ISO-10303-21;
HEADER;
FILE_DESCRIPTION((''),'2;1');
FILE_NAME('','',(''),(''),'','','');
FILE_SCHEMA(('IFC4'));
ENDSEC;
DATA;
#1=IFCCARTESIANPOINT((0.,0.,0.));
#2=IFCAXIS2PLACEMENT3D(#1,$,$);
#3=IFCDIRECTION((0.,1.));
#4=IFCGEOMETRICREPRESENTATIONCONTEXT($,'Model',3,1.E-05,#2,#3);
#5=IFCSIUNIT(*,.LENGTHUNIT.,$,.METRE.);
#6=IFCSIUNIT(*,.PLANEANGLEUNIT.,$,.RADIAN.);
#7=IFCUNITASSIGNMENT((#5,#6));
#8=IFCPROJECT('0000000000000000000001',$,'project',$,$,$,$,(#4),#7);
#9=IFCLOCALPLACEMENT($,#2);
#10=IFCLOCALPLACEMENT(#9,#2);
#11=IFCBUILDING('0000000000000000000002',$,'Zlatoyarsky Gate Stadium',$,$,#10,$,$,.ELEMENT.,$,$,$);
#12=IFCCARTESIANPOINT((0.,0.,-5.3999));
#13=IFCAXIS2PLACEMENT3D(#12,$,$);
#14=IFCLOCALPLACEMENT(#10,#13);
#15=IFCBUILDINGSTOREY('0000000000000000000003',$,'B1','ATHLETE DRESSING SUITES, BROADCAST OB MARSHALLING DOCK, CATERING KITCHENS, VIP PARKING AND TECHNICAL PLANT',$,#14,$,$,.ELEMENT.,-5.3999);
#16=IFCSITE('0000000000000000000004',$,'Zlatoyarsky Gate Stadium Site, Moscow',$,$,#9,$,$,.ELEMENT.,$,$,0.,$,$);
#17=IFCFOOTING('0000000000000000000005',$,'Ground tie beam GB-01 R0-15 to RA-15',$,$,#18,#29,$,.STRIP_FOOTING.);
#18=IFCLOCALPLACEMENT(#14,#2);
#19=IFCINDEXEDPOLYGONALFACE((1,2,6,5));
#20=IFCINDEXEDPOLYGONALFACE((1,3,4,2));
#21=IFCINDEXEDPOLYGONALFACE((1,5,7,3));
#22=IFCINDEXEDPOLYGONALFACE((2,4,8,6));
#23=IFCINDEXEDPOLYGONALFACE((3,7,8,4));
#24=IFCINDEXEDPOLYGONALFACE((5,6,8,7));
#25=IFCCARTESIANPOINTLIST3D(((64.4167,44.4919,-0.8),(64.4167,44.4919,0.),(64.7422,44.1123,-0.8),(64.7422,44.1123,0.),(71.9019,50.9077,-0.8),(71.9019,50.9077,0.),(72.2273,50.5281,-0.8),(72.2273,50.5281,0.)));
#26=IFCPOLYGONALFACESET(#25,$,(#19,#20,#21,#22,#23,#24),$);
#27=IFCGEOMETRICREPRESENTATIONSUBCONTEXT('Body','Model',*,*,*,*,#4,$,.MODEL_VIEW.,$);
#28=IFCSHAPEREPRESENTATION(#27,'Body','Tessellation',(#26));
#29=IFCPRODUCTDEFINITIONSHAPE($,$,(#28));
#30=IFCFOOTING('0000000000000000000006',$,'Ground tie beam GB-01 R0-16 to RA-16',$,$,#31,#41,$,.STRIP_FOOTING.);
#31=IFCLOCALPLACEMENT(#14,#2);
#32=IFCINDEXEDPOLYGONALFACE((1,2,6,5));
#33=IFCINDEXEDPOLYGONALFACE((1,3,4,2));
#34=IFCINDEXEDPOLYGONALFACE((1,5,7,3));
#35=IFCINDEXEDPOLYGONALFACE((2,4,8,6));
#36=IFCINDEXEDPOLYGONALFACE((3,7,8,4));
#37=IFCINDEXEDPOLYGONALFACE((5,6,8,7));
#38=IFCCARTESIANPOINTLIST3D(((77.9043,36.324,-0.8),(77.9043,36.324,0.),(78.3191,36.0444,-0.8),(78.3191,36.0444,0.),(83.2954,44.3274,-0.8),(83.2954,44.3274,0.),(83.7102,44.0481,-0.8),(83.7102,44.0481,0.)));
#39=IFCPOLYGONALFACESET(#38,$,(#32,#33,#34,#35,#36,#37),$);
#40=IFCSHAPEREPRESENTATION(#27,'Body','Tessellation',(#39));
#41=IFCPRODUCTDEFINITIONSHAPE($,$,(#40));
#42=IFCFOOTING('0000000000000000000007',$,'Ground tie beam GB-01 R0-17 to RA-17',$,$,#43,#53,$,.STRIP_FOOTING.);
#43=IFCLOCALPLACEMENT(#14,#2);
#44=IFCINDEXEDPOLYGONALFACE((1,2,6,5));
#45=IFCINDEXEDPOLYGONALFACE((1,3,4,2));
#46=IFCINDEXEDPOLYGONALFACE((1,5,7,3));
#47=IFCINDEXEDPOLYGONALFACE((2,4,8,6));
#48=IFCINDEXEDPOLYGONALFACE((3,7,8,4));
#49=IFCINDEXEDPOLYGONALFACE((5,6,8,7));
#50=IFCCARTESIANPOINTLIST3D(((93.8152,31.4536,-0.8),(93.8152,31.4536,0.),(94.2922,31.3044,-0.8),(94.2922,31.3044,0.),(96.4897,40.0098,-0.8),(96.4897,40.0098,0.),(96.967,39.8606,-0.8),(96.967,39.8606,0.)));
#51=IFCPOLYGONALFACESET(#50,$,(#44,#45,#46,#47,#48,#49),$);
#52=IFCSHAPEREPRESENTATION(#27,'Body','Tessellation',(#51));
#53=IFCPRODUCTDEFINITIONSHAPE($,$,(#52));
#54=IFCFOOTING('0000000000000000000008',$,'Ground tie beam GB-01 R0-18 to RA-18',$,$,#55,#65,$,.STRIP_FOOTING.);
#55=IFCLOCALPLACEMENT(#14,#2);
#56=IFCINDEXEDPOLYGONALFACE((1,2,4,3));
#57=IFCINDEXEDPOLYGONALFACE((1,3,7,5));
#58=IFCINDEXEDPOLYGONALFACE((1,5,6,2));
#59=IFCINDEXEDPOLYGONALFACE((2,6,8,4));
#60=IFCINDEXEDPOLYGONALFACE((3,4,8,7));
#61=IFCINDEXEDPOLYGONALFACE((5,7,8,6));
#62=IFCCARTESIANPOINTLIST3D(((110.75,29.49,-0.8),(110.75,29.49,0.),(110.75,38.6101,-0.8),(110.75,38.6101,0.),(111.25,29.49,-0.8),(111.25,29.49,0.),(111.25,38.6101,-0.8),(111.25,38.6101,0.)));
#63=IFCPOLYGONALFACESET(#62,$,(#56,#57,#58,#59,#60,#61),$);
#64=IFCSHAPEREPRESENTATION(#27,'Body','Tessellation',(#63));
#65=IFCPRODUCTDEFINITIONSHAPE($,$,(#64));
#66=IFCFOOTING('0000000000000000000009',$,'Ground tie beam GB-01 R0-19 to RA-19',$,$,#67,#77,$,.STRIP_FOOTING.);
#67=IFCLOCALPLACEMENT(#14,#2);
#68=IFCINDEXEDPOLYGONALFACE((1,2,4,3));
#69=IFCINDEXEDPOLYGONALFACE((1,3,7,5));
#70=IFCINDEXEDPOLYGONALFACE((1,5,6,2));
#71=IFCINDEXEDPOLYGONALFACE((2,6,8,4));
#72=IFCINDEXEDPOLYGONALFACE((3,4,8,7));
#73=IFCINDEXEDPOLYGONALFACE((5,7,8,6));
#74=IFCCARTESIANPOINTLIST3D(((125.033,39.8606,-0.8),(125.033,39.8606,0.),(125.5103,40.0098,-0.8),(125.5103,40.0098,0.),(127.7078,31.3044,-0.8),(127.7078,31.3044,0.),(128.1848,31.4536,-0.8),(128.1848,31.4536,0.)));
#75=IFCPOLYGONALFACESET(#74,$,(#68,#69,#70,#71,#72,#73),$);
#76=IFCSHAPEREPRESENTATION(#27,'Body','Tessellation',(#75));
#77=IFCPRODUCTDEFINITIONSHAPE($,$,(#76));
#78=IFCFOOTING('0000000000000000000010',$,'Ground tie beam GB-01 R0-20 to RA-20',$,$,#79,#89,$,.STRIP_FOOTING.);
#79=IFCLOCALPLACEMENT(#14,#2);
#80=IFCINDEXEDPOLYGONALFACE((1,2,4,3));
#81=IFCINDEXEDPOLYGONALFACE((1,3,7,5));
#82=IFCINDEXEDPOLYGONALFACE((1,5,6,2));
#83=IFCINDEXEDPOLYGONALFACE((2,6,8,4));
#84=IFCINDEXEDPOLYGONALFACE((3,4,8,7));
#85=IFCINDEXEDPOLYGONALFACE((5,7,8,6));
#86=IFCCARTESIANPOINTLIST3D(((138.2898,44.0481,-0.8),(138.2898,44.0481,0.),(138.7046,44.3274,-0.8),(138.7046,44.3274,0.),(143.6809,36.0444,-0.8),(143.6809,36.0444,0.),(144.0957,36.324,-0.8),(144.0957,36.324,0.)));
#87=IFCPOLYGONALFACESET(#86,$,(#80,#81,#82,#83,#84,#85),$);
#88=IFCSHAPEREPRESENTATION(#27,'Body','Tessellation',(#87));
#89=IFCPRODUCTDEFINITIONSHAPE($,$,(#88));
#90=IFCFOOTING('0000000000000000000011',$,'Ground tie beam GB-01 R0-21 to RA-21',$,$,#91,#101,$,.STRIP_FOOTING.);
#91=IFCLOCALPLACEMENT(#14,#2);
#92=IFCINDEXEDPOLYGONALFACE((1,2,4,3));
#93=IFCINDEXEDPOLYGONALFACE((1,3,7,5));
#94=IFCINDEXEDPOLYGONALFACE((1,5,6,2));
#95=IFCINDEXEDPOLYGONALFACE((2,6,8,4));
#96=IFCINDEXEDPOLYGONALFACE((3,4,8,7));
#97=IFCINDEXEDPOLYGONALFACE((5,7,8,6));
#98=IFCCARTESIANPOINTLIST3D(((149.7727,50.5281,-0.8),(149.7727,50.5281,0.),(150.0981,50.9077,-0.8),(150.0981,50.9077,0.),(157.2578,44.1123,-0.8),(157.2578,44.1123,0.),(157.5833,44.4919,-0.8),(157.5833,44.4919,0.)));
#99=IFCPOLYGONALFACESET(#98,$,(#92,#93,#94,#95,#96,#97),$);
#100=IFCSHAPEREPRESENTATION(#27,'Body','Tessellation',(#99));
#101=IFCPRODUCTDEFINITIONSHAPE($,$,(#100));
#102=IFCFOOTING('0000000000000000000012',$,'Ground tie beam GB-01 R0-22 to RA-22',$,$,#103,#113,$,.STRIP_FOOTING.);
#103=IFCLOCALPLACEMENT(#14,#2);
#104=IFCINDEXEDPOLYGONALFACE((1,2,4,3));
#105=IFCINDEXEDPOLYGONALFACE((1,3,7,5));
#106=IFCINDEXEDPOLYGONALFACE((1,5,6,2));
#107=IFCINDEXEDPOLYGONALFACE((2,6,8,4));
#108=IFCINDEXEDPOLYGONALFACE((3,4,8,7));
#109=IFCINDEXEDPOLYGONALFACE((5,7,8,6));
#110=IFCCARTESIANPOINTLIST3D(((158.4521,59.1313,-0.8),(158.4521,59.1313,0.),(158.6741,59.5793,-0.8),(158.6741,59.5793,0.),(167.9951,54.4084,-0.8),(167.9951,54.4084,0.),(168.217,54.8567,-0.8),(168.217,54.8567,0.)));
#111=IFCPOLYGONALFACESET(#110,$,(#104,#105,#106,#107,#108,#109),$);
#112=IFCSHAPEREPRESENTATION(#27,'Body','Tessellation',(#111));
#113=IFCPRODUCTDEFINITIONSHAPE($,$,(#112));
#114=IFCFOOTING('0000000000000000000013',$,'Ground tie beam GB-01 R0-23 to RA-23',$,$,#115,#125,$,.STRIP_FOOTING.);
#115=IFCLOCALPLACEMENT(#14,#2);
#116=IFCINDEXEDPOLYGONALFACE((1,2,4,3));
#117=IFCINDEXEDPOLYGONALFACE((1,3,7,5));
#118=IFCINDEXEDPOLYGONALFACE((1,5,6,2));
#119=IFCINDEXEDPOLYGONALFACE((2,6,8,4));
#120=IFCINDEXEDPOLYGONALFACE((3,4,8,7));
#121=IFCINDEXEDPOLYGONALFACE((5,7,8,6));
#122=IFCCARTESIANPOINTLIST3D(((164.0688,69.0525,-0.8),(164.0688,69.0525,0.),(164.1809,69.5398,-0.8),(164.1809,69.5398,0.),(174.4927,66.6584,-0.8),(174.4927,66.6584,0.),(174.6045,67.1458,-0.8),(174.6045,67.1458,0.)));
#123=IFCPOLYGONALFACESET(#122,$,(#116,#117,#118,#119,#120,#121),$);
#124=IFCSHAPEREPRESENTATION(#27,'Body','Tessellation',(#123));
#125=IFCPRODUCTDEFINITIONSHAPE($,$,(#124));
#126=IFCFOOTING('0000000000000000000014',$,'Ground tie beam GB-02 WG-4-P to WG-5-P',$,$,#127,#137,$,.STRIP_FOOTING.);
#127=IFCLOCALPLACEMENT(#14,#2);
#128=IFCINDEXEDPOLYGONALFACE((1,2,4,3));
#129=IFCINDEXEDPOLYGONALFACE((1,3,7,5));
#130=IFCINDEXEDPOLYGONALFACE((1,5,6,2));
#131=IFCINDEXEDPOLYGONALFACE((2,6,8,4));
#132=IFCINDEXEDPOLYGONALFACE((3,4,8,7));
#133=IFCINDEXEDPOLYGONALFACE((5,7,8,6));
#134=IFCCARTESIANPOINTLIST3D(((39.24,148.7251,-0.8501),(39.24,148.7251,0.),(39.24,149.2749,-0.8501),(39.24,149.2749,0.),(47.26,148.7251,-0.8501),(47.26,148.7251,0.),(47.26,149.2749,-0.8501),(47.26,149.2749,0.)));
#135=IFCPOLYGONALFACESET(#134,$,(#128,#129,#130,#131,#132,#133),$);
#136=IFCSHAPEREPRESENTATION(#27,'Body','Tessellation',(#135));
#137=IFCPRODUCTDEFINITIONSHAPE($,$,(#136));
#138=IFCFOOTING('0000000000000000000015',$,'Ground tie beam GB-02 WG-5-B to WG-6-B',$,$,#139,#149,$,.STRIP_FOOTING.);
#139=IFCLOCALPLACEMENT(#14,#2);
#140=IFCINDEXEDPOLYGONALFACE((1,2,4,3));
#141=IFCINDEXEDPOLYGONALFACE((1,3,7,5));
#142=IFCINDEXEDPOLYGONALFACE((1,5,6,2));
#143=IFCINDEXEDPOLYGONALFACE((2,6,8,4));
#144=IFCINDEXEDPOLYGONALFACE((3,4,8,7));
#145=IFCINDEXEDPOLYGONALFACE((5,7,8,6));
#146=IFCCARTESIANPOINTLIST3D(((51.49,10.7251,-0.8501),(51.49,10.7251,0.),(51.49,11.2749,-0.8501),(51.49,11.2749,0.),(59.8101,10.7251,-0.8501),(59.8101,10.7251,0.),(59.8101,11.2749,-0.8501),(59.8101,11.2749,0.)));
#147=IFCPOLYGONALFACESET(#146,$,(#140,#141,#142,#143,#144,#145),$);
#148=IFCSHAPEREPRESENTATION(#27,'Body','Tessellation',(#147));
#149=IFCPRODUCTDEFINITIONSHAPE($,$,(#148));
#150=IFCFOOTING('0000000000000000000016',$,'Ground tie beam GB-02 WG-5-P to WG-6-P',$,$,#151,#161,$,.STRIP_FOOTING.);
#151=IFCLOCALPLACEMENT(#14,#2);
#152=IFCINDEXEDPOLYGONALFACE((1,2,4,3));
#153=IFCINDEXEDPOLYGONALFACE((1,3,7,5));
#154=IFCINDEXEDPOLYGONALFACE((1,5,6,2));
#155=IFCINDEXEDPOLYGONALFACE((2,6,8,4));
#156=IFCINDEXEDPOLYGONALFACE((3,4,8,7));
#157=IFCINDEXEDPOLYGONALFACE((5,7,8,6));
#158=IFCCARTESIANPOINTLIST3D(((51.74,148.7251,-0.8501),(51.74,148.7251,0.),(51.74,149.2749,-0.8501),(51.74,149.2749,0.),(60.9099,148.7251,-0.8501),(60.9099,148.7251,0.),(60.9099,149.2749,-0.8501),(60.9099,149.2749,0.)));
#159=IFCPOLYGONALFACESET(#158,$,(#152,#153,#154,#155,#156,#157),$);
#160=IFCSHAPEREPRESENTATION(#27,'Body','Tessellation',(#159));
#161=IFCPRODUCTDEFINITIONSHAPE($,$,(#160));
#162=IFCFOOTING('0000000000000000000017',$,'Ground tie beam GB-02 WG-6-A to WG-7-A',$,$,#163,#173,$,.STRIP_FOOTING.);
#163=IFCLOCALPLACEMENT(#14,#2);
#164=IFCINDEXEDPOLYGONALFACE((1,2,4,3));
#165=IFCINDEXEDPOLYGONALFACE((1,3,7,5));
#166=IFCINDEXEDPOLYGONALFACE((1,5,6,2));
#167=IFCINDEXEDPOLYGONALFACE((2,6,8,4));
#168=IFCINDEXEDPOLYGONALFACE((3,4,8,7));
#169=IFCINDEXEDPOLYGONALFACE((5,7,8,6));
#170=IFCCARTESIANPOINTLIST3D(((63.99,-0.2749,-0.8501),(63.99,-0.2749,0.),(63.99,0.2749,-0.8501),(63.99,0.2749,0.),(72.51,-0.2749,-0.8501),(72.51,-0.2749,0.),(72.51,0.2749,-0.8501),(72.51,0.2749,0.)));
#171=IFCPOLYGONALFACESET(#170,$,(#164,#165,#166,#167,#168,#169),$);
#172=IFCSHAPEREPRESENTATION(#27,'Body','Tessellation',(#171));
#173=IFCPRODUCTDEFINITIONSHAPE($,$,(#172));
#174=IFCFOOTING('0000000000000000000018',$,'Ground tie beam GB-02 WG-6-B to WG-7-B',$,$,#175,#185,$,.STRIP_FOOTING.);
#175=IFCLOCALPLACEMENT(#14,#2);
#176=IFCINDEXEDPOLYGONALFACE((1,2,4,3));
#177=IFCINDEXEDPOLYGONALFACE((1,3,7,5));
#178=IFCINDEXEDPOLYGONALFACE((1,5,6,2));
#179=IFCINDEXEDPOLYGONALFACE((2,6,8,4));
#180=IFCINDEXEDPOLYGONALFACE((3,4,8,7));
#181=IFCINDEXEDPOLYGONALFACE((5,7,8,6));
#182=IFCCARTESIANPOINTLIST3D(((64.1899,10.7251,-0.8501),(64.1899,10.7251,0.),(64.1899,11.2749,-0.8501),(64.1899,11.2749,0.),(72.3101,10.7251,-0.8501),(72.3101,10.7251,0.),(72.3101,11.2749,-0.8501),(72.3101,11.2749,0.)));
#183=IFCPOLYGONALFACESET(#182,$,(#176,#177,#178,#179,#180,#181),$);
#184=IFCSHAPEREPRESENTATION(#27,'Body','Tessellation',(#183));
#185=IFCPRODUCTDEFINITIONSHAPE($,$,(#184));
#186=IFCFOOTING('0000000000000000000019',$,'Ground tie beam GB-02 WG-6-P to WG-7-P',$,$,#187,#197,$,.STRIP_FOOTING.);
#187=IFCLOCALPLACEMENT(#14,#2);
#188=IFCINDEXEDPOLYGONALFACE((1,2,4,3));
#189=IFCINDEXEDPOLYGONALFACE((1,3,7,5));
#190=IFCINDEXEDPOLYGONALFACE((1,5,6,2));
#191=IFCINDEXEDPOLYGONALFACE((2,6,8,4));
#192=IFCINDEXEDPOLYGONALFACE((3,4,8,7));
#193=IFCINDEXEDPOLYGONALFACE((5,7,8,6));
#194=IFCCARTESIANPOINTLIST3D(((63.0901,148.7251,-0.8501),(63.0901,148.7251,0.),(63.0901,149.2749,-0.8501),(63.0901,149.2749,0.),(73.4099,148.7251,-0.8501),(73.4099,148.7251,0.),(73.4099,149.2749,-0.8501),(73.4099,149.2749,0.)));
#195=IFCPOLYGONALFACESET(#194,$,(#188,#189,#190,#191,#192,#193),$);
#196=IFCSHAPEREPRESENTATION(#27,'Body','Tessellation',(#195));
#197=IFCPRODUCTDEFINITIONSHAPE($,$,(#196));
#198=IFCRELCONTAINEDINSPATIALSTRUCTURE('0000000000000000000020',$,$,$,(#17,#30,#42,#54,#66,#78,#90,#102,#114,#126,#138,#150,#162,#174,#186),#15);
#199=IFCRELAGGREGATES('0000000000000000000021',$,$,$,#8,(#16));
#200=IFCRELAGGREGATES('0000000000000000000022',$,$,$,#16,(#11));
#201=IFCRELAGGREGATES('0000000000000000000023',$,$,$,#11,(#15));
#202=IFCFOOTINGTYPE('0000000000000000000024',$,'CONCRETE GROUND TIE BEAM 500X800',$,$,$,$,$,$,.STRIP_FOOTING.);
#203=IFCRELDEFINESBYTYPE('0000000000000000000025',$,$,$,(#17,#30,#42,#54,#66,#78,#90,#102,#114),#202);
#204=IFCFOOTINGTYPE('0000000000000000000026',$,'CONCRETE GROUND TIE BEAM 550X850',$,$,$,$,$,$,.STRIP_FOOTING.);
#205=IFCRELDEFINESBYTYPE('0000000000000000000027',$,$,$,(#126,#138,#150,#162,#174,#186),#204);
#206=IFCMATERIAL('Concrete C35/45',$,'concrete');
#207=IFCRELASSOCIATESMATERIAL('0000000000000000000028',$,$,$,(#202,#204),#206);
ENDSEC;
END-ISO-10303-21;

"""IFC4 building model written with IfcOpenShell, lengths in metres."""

from ifc_helpers import new_model, si_unit, direction, frame, origin, origin_2d, place, context, subcontext, project, spatial, polyline, rectangle, outline, extrude, material, material_profile, profile_set, type_object, element, save


model = new_model("IFC4")

# Units and contexts
model_context = context("Model", 3, precision=1e-05, world=origin(), true_north=direction((0.0, 1.0)))
body_context = subcontext(model_context, "Body", "Model", "MODEL_VIEW")
ifc_project = project(units=[si_unit("LENGTHUNIT", "METRE"), si_unit("PLANEANGLEUNIT", "RADIAN")], contexts=[model_context])

# Site, building, storey
site_placement = place(None, origin())
site = spatial("IfcSite", under=ifc_project, at=site_placement, Name="Zlatoyarsky Gate Stadium Site, Moscow", CompositionType="ELEMENT", RefElevation=0.0)
building_placement = place(site_placement, origin())
building = spatial("IfcBuilding", under=site, at=building_placement, Name="Zlatoyarsky Gate Stadium", CompositionType="ELEMENT")
storey_placement = place(building_placement, frame((0.0, 0.0, -5.3999)))
storey = spatial("IfcBuildingStorey", under=building, at=storey_placement, Name="B1", Description="ATHLETE DRESSING SUITES, BROADCAST OB MARSHALLING DOCK, CATERING KITCHENS, VIP PARKING AND TECHNICAL PLANT", CompositionType="ELEMENT", Elevation=-5.3999)

# Footings
ifc_material = material(Name="Concrete C35/45", Category="concrete")
ifc_material_profile_1 = material_profile(ifc_material, rectangle(XDim=0.5, YDim=0.8, at=origin_2d()), Name="GB 500X800")
ifc_profile_set_1 = profile_set([ifc_material_profile_1], Name="Concrete C35/45")
footing_type_1 = type_object("IfcFootingType", Name="CONCRETE GROUND TIE BEAM 500X800", PredefinedType="STRIP_FOOTING", material=ifc_profile_set_1)
footing_1_placement = place(storey_placement, frame((0.0, 0.0, -0.8)))
element("IfcFooting", 1, at=footing_1_placement, inside=storey, type_object=footing_type_1, Name="Ground tie beam GB-01 R0-15 to RA-15", PredefinedType="STRIP_FOOTING", context=body_context, shape_type="SweptSolid", body=[
    extrude(outline(polyline([(71.9019, 50.9077), (64.4167, 44.4919), (64.7422, 44.1123), (72.2273, 50.5281), (71.9019, 50.9077)])), origin(), (0.0, 0.0, 1.0), 0.8),
])
footing_2_placement = place(storey_placement, frame((0.0, 0.0, -0.8)))
element("IfcFooting", 2, at=footing_2_placement, inside=storey, type_object=footing_type_1, Name="Ground tie beam GB-01 R0-16 to RA-16", PredefinedType="STRIP_FOOTING", context=body_context, shape_type="SweptSolid", body=[
    extrude(outline(polyline([(83.2954, 44.3274), (77.9043, 36.324), (78.3191, 36.0444), (83.7102, 44.0481), (83.2954, 44.3274)])), origin(), (0.0, 0.0, 1.0), 0.8),
])
footing_3_placement = place(storey_placement, frame((0.0, 0.0, -0.8)))
element("IfcFooting", 3, at=footing_3_placement, inside=storey, type_object=footing_type_1, Name="Ground tie beam GB-01 R0-17 to RA-17", PredefinedType="STRIP_FOOTING", context=body_context, shape_type="SweptSolid", body=[
    extrude(outline(polyline([(96.4897, 40.0098), (93.8152, 31.4536), (94.2922, 31.3044), (96.967, 39.8606), (96.4897, 40.0098)])), origin(), (0.0, 0.0, 1.0), 0.8),
])
footing_4_placement = place(storey_placement, frame((0.0, 0.0, -0.8)))
element("IfcFooting", 4, at=footing_4_placement, inside=storey, type_object=footing_type_1, Name="Ground tie beam GB-01 R0-18 to RA-18", PredefinedType="STRIP_FOOTING", context=body_context, shape_type="SweptSolid", body=[
    extrude(outline(polyline([(110.75, 38.6101), (110.75, 29.49), (111.25, 29.49), (111.25, 38.6101), (110.75, 38.6101)])), origin(), (0.0, 0.0, 1.0), 0.8),
])
footing_5_placement = place(storey_placement, frame((0.0, 0.0, -0.8)))
element("IfcFooting", 5, at=footing_5_placement, inside=storey, type_object=footing_type_1, Name="Ground tie beam GB-01 R0-19 to RA-19", PredefinedType="STRIP_FOOTING", context=body_context, shape_type="SweptSolid", body=[
    extrude(outline(polyline([(125.033, 39.8606), (127.7078, 31.3044), (128.1848, 31.4536), (125.5103, 40.0098), (125.033, 39.8606)])), origin(), (0.0, 0.0, 1.0), 0.8),
])
footing_6_placement = place(storey_placement, frame((0.0, 0.0, -0.8)))
element("IfcFooting", 6, at=footing_6_placement, inside=storey, type_object=footing_type_1, Name="Ground tie beam GB-01 R0-20 to RA-20", PredefinedType="STRIP_FOOTING", context=body_context, shape_type="SweptSolid", body=[
    extrude(outline(polyline([(138.2898, 44.0481), (143.6809, 36.0444), (144.0957, 36.324), (138.7046, 44.3274), (138.2898, 44.0481)])), origin(), (0.0, 0.0, 1.0), 0.8),
])
footing_7_placement = place(storey_placement, frame((0.0, 0.0, -0.8)))
element("IfcFooting", 7, at=footing_7_placement, inside=storey, type_object=footing_type_1, Name="Ground tie beam GB-01 R0-21 to RA-21", PredefinedType="STRIP_FOOTING", context=body_context, shape_type="SweptSolid", body=[
    extrude(outline(polyline([(149.7727, 50.5281), (157.2578, 44.1123), (157.5833, 44.4919), (150.0981, 50.9077), (149.7727, 50.5281)])), origin(), (0.0, 0.0, 1.0), 0.8),
])
footing_8_placement = place(storey_placement, frame((0.0, 0.0, -0.8)))
element("IfcFooting", 8, at=footing_8_placement, inside=storey, type_object=footing_type_1, Name="Ground tie beam GB-01 R0-22 to RA-22", PredefinedType="STRIP_FOOTING", context=body_context, shape_type="SweptSolid", body=[
    extrude(outline(polyline([(158.4521, 59.1313), (167.9951, 54.4084), (168.217, 54.8567), (158.6741, 59.5793), (158.4521, 59.1313)])), origin(), (0.0, 0.0, 1.0), 0.8),
])
footing_9_placement = place(storey_placement, frame((0.0, 0.0, -0.8)))
element("IfcFooting", 9, at=footing_9_placement, inside=storey, type_object=footing_type_1, Name="Ground tie beam GB-01 R0-23 to RA-23", PredefinedType="STRIP_FOOTING", context=body_context, shape_type="SweptSolid", body=[
    extrude(outline(polyline([(164.0688, 69.0525), (174.4927, 66.6584), (174.6045, 67.1458), (164.1809, 69.5398), (164.0688, 69.0525)])), origin(), (0.0, 0.0, 1.0), 0.8),
])
ifc_material_profile_2 = material_profile(ifc_material, rectangle(XDim=0.55, YDim=0.8501, at=origin_2d()), Name="GB 550X850")
ifc_profile_set_2 = profile_set([ifc_material_profile_2], Name="Concrete C35/45")
footing_type_2 = type_object("IfcFootingType", Name="CONCRETE GROUND TIE BEAM 550X850", PredefinedType="STRIP_FOOTING", material=ifc_profile_set_2)
footing_10_placement = place(storey_placement, frame((0.0, 0.0, -0.8501)))
element("IfcFooting", 10, at=footing_10_placement, inside=storey, type_object=footing_type_2, Name="Ground tie beam GB-02 WG-4-P to WG-5-P", PredefinedType="STRIP_FOOTING", context=body_context, shape_type="SweptSolid", body=[
    extrude(outline(polyline([(39.24, 148.7251), (47.26, 148.7251), (47.26, 149.2749), (39.24, 149.2749), (39.24, 148.7251)])), origin(), (0.0, 0.0, 1.0), 0.8501),
])
footing_11_placement = place(storey_placement, frame((0.0, 0.0, -0.8501)))
element("IfcFooting", 11, at=footing_11_placement, inside=storey, type_object=footing_type_2, Name="Ground tie beam GB-02 WG-5-B to WG-6-B", PredefinedType="STRIP_FOOTING", context=body_context, shape_type="SweptSolid", body=[
    extrude(outline(polyline([(51.49, 10.7251), (59.8101, 10.7251), (59.8101, 11.2749), (51.49, 11.2749), (51.49, 10.7251)])), origin(), (0.0, 0.0, 1.0), 0.8501),
])
footing_12_placement = place(storey_placement, frame((0.0, 0.0, -0.8501)))
element("IfcFooting", 12, at=footing_12_placement, inside=storey, type_object=footing_type_2, Name="Ground tie beam GB-02 WG-5-P to WG-6-P", PredefinedType="STRIP_FOOTING", context=body_context, shape_type="SweptSolid", body=[
    extrude(outline(polyline([(51.74, 148.7251), (60.9099, 148.7251), (60.9099, 149.2749), (51.74, 149.2749), (51.74, 148.7251)])), origin(), (0.0, 0.0, 1.0), 0.8501),
])
footing_13_placement = place(storey_placement, frame((0.0, 0.0, -0.8501)))
element("IfcFooting", 13, at=footing_13_placement, inside=storey, type_object=footing_type_2, Name="Ground tie beam GB-02 WG-6-A to WG-7-A", PredefinedType="STRIP_FOOTING", context=body_context, shape_type="SweptSolid", body=[
    extrude(outline(polyline([(63.99, -0.2749), (72.51, -0.2749), (72.51, 0.2749), (63.99, 0.2749), (63.99, -0.2749)])), origin(), (0.0, 0.0, 1.0), 0.8501),
])
footing_14_placement = place(storey_placement, frame((0.0, 0.0, -0.8501)))
element("IfcFooting", 14, at=footing_14_placement, inside=storey, type_object=footing_type_2, Name="Ground tie beam GB-02 WG-6-B to WG-7-B", PredefinedType="STRIP_FOOTING", context=body_context, shape_type="SweptSolid", body=[
    extrude(outline(polyline([(64.1899, 10.7251), (72.3101, 10.7251), (72.3101, 11.2749), (64.1899, 11.2749), (64.1899, 10.7251)])), origin(), (0.0, 0.0, 1.0), 0.8501),
])
footing_15_placement = place(storey_placement, frame((0.0, 0.0, -0.8501)))
element("IfcFooting", 15, at=footing_15_placement, inside=storey, type_object=footing_type_2, Name="Ground tie beam GB-02 WG-6-P to WG-7-P", PredefinedType="STRIP_FOOTING", context=body_context, shape_type="SweptSolid", body=[
    extrude(outline(polyline([(63.0901, 148.7251), (73.4099, 148.7251), (73.4099, 149.2749), (63.0901, 149.2749), (63.0901, 148.7251)])), origin(), (0.0, 0.0, 1.0), 0.8501),
])

save(model, "model.ifc")
